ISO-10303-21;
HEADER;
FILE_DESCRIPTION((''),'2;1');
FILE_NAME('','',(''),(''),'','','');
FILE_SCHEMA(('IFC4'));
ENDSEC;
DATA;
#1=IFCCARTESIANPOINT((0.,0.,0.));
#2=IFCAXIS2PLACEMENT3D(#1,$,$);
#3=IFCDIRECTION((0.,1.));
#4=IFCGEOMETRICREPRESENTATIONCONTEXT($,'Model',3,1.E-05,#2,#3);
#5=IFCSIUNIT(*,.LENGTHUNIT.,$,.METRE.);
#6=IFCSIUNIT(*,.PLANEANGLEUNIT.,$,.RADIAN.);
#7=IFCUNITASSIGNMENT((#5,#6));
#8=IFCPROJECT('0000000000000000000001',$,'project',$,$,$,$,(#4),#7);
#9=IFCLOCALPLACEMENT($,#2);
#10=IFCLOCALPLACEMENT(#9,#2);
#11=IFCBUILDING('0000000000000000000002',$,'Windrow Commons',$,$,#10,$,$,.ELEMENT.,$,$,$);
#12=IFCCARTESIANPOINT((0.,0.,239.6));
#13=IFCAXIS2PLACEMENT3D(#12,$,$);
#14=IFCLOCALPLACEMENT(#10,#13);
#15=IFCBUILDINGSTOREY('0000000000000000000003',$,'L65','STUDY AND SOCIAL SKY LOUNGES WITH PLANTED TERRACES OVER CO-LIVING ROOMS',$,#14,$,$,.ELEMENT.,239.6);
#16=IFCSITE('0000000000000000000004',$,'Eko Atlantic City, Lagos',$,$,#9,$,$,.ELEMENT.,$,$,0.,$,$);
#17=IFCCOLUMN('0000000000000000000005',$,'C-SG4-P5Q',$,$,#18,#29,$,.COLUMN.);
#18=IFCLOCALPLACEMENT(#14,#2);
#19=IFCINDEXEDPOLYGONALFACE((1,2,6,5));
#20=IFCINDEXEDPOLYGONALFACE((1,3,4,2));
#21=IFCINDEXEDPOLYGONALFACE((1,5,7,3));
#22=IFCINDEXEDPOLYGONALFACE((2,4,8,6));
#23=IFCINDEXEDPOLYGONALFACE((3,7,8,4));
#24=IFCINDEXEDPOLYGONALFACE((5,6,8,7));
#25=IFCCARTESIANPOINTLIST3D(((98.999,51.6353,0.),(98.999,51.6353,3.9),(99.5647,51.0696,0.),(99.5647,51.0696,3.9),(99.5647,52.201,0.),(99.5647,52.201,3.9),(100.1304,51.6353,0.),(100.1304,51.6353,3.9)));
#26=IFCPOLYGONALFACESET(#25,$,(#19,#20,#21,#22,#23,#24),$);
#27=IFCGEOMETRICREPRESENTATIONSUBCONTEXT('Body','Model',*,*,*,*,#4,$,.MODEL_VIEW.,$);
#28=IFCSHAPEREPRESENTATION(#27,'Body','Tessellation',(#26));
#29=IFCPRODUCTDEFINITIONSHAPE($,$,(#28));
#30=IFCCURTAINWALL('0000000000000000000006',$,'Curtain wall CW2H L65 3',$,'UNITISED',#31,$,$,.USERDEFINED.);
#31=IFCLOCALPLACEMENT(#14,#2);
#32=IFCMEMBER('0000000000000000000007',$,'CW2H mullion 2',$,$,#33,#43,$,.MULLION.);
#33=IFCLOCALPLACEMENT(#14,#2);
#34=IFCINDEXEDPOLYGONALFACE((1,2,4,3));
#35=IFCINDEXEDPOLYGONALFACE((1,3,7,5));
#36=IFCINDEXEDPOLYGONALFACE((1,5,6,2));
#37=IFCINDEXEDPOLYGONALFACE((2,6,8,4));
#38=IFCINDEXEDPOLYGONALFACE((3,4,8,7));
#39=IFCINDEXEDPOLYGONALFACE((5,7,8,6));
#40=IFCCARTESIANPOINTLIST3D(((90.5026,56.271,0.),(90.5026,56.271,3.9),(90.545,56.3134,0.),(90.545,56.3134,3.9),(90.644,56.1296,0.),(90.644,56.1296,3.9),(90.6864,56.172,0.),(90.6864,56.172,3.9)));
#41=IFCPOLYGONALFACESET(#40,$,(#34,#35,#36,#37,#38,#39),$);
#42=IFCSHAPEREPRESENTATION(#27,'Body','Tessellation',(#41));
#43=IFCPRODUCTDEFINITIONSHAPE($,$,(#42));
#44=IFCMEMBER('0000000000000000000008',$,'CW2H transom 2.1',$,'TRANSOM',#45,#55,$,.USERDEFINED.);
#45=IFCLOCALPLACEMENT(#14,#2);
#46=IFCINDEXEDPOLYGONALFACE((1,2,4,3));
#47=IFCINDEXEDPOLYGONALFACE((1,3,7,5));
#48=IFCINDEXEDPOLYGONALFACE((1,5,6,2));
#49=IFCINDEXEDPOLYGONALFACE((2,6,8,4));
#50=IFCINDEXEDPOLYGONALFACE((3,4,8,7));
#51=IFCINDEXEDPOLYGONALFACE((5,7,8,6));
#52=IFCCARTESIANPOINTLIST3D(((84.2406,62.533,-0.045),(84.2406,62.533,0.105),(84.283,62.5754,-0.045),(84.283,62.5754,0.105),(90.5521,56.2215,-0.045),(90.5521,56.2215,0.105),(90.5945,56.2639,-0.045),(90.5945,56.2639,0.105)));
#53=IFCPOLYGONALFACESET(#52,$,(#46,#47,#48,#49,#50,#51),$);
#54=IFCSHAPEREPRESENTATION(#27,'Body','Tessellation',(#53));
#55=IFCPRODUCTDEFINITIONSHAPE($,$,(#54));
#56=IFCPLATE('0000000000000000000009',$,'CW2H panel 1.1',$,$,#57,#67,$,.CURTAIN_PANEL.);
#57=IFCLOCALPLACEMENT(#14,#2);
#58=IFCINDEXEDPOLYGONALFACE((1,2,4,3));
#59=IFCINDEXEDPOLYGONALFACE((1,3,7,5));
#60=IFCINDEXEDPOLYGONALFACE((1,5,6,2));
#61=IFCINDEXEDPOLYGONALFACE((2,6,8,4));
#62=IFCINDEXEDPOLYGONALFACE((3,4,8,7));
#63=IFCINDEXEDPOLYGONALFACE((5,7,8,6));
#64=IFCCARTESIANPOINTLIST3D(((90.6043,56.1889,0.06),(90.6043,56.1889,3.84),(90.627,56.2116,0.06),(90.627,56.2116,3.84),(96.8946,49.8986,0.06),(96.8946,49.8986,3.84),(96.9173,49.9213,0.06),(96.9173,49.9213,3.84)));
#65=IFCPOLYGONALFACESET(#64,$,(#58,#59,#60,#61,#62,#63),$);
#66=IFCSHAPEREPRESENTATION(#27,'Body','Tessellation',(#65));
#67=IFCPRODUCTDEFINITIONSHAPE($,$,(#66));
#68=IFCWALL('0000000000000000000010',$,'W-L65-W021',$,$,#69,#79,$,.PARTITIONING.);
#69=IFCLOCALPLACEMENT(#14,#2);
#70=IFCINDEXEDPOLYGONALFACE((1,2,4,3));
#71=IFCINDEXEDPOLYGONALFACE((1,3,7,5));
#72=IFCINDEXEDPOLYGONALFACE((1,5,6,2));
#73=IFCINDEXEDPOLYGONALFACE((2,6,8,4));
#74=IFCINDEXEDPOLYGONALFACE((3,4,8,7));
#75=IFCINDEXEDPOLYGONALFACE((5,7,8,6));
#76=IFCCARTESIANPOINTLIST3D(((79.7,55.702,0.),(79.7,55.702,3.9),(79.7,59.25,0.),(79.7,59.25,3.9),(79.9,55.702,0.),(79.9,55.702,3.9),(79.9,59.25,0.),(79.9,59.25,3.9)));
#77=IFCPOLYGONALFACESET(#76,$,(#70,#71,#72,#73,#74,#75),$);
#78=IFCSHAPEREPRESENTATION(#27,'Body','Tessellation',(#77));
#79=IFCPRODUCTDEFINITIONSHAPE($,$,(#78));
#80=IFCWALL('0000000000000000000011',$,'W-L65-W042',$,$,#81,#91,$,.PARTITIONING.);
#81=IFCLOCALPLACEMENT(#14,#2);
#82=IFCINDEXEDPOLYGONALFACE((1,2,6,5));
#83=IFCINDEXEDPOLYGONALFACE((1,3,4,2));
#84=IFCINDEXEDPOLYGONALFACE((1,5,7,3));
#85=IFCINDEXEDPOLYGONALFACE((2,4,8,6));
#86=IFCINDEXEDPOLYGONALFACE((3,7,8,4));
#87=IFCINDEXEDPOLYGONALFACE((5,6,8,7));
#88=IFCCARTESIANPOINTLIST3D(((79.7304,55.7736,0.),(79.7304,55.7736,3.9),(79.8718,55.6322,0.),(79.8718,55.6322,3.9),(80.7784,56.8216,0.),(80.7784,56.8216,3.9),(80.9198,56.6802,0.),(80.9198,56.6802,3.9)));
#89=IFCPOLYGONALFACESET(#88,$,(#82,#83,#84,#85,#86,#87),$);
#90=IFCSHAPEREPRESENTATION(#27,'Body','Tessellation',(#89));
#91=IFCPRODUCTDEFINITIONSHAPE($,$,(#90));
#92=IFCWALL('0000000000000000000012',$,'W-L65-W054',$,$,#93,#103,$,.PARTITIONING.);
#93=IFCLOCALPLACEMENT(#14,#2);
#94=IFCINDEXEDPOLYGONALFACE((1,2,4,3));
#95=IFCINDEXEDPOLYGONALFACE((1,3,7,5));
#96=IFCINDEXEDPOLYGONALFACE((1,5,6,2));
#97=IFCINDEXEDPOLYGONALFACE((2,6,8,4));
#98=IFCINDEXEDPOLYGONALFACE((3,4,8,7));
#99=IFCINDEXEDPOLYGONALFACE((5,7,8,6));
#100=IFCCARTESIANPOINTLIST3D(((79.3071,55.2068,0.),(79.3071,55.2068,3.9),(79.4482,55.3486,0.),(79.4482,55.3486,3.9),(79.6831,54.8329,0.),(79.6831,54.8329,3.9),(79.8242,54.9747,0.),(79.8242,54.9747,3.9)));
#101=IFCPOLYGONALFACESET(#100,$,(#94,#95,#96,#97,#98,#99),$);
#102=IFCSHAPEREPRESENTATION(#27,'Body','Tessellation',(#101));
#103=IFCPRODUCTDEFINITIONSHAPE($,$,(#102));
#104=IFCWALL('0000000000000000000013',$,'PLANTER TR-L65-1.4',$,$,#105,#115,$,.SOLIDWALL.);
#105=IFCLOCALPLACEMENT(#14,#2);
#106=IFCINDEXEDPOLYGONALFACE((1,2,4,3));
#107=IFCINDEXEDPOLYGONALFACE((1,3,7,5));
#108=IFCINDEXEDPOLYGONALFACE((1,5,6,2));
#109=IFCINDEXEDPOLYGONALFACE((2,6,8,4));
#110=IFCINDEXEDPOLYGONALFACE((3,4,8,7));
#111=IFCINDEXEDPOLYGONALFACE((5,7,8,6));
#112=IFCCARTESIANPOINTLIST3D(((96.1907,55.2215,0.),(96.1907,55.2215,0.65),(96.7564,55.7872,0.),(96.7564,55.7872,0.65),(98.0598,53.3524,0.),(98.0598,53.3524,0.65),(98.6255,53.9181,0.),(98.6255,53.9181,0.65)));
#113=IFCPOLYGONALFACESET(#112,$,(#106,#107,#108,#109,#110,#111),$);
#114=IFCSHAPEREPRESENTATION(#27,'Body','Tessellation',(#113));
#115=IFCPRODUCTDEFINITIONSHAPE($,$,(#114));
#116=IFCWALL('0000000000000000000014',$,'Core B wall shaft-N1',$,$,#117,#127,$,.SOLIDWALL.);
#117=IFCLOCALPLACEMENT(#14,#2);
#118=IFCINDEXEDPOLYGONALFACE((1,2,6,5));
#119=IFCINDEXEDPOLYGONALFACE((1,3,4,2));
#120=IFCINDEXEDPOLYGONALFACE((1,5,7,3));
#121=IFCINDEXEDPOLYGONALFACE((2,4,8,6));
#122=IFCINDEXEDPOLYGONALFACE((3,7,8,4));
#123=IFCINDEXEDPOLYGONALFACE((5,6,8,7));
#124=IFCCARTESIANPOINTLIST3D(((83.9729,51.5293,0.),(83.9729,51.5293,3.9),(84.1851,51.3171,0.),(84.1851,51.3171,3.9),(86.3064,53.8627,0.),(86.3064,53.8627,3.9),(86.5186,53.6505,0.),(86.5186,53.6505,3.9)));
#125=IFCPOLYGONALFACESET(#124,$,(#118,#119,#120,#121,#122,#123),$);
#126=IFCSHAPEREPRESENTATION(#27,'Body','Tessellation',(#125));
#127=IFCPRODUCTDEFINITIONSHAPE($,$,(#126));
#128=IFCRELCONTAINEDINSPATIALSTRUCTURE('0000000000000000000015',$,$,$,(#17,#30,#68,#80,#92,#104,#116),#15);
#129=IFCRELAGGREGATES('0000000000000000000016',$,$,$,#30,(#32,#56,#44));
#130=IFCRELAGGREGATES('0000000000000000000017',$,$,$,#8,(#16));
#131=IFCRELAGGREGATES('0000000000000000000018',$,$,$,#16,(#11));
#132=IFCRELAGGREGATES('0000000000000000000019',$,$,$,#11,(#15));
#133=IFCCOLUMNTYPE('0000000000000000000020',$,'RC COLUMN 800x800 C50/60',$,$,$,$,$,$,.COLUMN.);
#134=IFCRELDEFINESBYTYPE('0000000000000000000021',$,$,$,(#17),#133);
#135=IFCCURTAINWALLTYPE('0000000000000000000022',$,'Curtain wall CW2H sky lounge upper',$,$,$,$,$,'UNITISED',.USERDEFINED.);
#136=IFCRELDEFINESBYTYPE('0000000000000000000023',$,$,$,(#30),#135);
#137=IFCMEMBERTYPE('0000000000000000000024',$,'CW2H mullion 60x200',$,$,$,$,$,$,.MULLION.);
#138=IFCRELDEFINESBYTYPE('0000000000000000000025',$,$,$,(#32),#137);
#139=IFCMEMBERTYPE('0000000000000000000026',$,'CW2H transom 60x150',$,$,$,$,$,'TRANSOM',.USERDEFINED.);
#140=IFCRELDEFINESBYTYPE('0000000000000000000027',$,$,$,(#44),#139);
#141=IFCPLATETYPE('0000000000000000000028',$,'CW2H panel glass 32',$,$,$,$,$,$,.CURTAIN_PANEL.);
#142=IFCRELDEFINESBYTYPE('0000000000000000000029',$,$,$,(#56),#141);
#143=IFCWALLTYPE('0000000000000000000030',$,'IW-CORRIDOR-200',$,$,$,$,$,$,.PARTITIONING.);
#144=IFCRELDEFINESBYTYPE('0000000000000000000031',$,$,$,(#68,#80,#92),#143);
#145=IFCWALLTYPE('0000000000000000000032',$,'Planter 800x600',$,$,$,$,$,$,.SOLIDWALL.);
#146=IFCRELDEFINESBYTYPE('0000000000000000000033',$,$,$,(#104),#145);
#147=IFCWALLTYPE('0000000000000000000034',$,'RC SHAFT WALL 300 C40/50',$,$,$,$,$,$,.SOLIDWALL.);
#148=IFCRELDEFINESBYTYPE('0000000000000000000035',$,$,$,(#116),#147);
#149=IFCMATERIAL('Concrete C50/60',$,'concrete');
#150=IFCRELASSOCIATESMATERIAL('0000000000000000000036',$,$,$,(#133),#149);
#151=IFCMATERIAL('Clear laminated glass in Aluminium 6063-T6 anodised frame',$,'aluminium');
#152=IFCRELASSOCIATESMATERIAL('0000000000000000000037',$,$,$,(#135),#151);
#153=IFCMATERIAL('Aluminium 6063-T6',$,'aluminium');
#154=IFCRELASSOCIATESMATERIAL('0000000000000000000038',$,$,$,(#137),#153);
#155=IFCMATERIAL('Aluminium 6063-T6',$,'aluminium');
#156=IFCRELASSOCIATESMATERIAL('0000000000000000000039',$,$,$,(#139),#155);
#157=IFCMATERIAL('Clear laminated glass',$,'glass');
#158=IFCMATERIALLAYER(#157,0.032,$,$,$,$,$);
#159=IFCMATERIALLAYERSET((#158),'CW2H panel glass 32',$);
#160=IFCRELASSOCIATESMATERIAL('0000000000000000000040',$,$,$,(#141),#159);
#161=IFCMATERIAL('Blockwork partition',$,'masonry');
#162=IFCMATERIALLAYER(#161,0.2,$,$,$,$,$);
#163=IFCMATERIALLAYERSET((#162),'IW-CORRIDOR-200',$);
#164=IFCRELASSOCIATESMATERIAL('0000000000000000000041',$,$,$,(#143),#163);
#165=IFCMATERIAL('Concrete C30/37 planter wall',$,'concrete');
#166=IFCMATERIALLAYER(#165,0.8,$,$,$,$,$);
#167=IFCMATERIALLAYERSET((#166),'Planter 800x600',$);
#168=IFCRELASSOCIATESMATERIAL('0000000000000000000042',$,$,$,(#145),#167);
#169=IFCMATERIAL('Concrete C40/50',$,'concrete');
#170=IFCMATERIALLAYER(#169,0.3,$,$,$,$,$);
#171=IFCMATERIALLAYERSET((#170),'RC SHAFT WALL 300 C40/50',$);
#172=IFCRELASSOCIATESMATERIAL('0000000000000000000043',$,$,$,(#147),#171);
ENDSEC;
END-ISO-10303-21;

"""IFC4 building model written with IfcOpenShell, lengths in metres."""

from ifc_helpers import new_model, si_unit, direction, frame, frame_2d, origin, origin_2d, place, context, subcontext, project, spatial, rectangle, extrude, material, layer, layer_set, material_profile, profile_set, type_object, element, aggregate, save


model = new_model("IFC4")

# Units and contexts
model_context = context("Model", 3, precision=1e-05, world=origin(), true_north=direction((0.0, 1.0)))
body_context = subcontext(model_context, "Body", "Model", "MODEL_VIEW")
ifc_project = project(units=[si_unit("LENGTHUNIT", "METRE"), si_unit("PLANEANGLEUNIT", "RADIAN")], contexts=[model_context])

# Site, building, storey
site_placement = place(None, origin())
site = spatial("IfcSite", under=ifc_project, at=site_placement, Name="Eko Atlantic City, Lagos", CompositionType="ELEMENT", RefElevation=0.0)
building_placement = place(site_placement, origin())
building = spatial("IfcBuilding", under=site, at=building_placement, Name="Windrow Commons", CompositionType="ELEMENT")
storey_placement = place(building_placement, frame((0.0, 0.0, 239.6)))
storey = spatial("IfcBuildingStorey", under=building, at=storey_placement, Name="L65", Description="STUDY AND SOCIAL SKY LOUNGES WITH PLANTED TERRACES OVER CO-LIVING ROOMS", CompositionType="ELEMENT", Elevation=239.6)

# Column
ifc_material_1 = material(Name="Concrete C50/60", Category="concrete")
ifc_material_profile_1 = material_profile(ifc_material_1, rectangle(XDim=0.8, YDim=0.8, at=origin_2d()))
ifc_profile_set_1 = profile_set([ifc_material_profile_1], Name="Concrete C50/60")
column_type = type_object("IfcColumnType", Name="RC COLUMN 800x800 C50/60", PredefinedType="COLUMN", material=ifc_profile_set_1)
column_placement = place(storey_placement, frame((99.5647, 51.6353, 0.0), z_axis=(0.0, 0.0, 1.0), x_axis=(0.707107, -0.707107, 0.0)))
element("IfcColumn", 1, at=column_placement, inside=storey, type_object=column_type, Name="C-SG4-P5Q", PredefinedType="COLUMN", context=body_context, shape_type="SweptSolid", body=[
    extrude(rectangle(XDim=0.8, YDim=0.8, at=origin_2d()), origin(), (0.0, 0.0, 1.0), 3.9),
])

# Curtain wall, members, plate
ifc_material_2 = material(Name="Clear laminated glass in Aluminium 6063-T6 anodised frame", Category="aluminium")
curtain_wall_type = type_object("IfcCurtainWallType", Name="Curtain wall CW2H sky lounge upper", ElementType="UNITISED", PredefinedType="USERDEFINED", material=ifc_material_2)
placement = place(storey_placement, origin())
curtain_wall = element("IfcCurtainWall", 2, at=placement, inside=storey, type_object=curtain_wall_type, Name="Curtain wall CW2H L65 3", ObjectType="UNITISED", PredefinedType="USERDEFINED")
ifc_material_3 = material(Name="Aluminium 6063-T6", Category="aluminium")
ifc_material_profile_2 = material_profile(ifc_material_3, rectangle(XDim=0.06, YDim=0.2, at=origin_2d()))
ifc_profile_set_2 = profile_set([ifc_material_profile_2], Name="Aluminium 6063-T6")
member_type_1 = type_object("IfcMemberType", Name="CW2H mullion 60x200", PredefinedType="MULLION", material=ifc_profile_set_2)
member_1_placement = place(storey_placement, frame((90.5945, 56.2215, 0.0), z_axis=(0.0, 0.0, 1.0), x_axis=(-0.707107, -0.707107, 0.0)))
member_1 = element("IfcMember", 3, at=member_1_placement, type_object=member_type_1, Name="CW2H mullion 2", PredefinedType="MULLION", context=body_context, shape_type="SweptSolid", body=[
    extrude(rectangle(XDim=0.06, YDim=0.2, at=origin_2d()), origin(), (0.0, 0.0, 1.0), 3.9),
])
ifc_material_4 = material(Name="Aluminium 6063-T6", Category="aluminium")
ifc_material_profile_3 = material_profile(ifc_material_4, rectangle(XDim=0.06, YDim=0.15, at=origin_2d()))
ifc_profile_set_3 = profile_set([ifc_material_profile_3], Name="Aluminium 6063-T6")
member_type_2 = type_object("IfcMemberType", Name="CW2H transom 60x150", ElementType="TRANSOM", PredefinedType="USERDEFINED", material=ifc_profile_set_3)
member_2_placement = place(storey_placement, frame((90.5733, 56.2427, 0.03), z_axis=(-0.707107, 0.707107, 0.0), x_axis=(-0.707107, -0.707107, 0.0)))
member_2 = element("IfcMember", 4, at=member_2_placement, type_object=member_type_2, Name="CW2H transom 2.1", ObjectType="TRANSOM", PredefinedType="USERDEFINED", context=body_context, shape_type="SweptSolid", body=[
    extrude(rectangle(XDim=0.06, YDim=0.15, at=origin_2d()), origin(), (0.0, 0.0, 1.0), 8.9258),
])
ifc_material_5 = material(Name="Clear laminated glass", Category="glass")
ifc_layer_1 = layer(ifc_material_5, 0.032)
ifc_layer_set_1 = layer_set([ifc_layer_1], Name="CW2H panel glass 32")
plate_type = type_object("IfcPlateType", Name="CW2H panel glass 32", PredefinedType="CURTAIN_PANEL", material=ifc_layer_set_1)
plate_placement = place(storey_placement, frame((93.7608, 53.0551, 0.06), z_axis=(0.0, 0.0, 1.0), x_axis=(-0.707107, 0.707107, 0.0)))
plate = element("IfcPlate", 5, at=plate_placement, type_object=plate_type, Name="CW2H panel 1.1", PredefinedType="CURTAIN_PANEL", context=body_context, shape_type="SweptSolid", body=[
    extrude(rectangle(XDim=8.8958, YDim=0.032, at=origin_2d()), origin(), (0.0, 0.0, 1.0), 3.78),
])
aggregate(curtain_wall, [member_1, plate, member_2])

# Walls
ifc_material_6 = material(Name="Blockwork partition", Category="masonry")
ifc_layer_2 = layer(ifc_material_6, 0.2)
ifc_layer_set_2 = layer_set([ifc_layer_2], Name="IW-CORRIDOR-200")
wall_type_1 = type_object("IfcWallType", Name="IW-CORRIDOR-200", PredefinedType="PARTITIONING", material=ifc_layer_set_2)
wall_1_placement = place(storey_placement, frame((79.8, 55.702, 0.0), z_axis=(0.0, 0.0, 1.0), x_axis=(0.0, 1.0, 0.0)))
element("IfcWall", 6, at=wall_1_placement, inside=storey, type_object=wall_type_1, Name="W-L65-W021", PredefinedType="PARTITIONING", context=body_context, shape_type="SweptSolid", body=[
    extrude(rectangle(XDim=3.548, YDim=0.2, at=frame_2d((1.774, 0.0))), origin(), (0.0, 0.0, 1.0), 3.9),
])
wall_2_placement = place(storey_placement, frame((79.8011, 55.7029, 0.0), z_axis=(0.0, 0.0, 1.0), x_axis=(0.707107, 0.707107, 0.0)))
element("IfcWall", 7, at=wall_2_placement, inside=storey, type_object=wall_type_1, Name="W-L65-W042", PredefinedType="PARTITIONING", context=body_context, shape_type="SweptSolid", body=[
    extrude(rectangle(XDim=1.4821, YDim=0.2, at=frame_2d((0.741, 0.0))), origin(), (0.0, 0.0, 1.0), 3.9),
])
wall_3_placement = place(storey_placement, frame((79.3777, 55.2777, 0.0), z_axis=(0.0, 0.0, 1.0), x_axis=(0.70899, -0.705219, 0.0)))
element("IfcWall", 8, at=wall_3_placement, inside=storey, type_object=wall_type_1, Name="W-L65-W054", PredefinedType="PARTITIONING", context=body_context, shape_type="SweptSolid", body=[
    extrude(rectangle(XDim=0.5303, YDim=0.2, at=frame_2d((0.2651, 0.0))), origin(), (0.0, 0.0, 1.0), 3.9),
])
ifc_material_7 = material(Name="Concrete C30/37 planter wall", Category="concrete")
ifc_layer_3 = layer(ifc_material_7, 0.8)
ifc_layer_set_3 = layer_set([ifc_layer_3], Name="Planter 800x600")
wall_type_2 = type_object("IfcWallType", Name="Planter 800x600", PredefinedType="SOLIDWALL", material=ifc_layer_set_3)
wall_4_placement = place(storey_placement, frame((98.3426, 53.6353, 0.0), z_axis=(0.0, 0.0, 1.0), x_axis=(-0.707107, 0.707107, 0.0)))
element("IfcWall", 9, at=wall_4_placement, inside=storey, type_object=wall_type_2, Name="PLANTER TR-L65-1.4", PredefinedType="SOLIDWALL", context=body_context, shape_type="SweptSolid", body=[
    extrude(rectangle(XDim=2.6433, YDim=0.8, at=frame_2d((1.3216, 0.0))), origin(), (0.0, 0.0, 1.0), 0.65),
])
ifc_material_8 = material(Name="Concrete C40/50", Category="concrete")
ifc_layer_4 = layer(ifc_material_8, 0.3)
ifc_layer_set_4 = layer_set([ifc_layer_4], Name="RC SHAFT WALL 300 C40/50")
wall_type_3 = type_object("IfcWallType", Name="RC SHAFT WALL 300 C40/50", PredefinedType="SOLIDWALL", material=ifc_layer_set_4)
wall_5_placement = place(storey_placement, frame((84.079, 51.4232, 0.0), z_axis=(0.0, 0.0, 1.0), x_axis=(0.707122, 0.707092, 0.0)))
element("IfcWall", 10, at=wall_5_placement, inside=storey, type_object=wall_type_3, Name="Core B wall shaft-N1", PredefinedType="SOLIDWALL", context=body_context, shape_type="SweptSolid", body=[
    extrude(rectangle(XDim=3.3, YDim=0.3, at=frame_2d((1.65, 0.0))), origin(), (0.0, 0.0, 1.0), 3.9),
])

save(model, "model.ifc")
